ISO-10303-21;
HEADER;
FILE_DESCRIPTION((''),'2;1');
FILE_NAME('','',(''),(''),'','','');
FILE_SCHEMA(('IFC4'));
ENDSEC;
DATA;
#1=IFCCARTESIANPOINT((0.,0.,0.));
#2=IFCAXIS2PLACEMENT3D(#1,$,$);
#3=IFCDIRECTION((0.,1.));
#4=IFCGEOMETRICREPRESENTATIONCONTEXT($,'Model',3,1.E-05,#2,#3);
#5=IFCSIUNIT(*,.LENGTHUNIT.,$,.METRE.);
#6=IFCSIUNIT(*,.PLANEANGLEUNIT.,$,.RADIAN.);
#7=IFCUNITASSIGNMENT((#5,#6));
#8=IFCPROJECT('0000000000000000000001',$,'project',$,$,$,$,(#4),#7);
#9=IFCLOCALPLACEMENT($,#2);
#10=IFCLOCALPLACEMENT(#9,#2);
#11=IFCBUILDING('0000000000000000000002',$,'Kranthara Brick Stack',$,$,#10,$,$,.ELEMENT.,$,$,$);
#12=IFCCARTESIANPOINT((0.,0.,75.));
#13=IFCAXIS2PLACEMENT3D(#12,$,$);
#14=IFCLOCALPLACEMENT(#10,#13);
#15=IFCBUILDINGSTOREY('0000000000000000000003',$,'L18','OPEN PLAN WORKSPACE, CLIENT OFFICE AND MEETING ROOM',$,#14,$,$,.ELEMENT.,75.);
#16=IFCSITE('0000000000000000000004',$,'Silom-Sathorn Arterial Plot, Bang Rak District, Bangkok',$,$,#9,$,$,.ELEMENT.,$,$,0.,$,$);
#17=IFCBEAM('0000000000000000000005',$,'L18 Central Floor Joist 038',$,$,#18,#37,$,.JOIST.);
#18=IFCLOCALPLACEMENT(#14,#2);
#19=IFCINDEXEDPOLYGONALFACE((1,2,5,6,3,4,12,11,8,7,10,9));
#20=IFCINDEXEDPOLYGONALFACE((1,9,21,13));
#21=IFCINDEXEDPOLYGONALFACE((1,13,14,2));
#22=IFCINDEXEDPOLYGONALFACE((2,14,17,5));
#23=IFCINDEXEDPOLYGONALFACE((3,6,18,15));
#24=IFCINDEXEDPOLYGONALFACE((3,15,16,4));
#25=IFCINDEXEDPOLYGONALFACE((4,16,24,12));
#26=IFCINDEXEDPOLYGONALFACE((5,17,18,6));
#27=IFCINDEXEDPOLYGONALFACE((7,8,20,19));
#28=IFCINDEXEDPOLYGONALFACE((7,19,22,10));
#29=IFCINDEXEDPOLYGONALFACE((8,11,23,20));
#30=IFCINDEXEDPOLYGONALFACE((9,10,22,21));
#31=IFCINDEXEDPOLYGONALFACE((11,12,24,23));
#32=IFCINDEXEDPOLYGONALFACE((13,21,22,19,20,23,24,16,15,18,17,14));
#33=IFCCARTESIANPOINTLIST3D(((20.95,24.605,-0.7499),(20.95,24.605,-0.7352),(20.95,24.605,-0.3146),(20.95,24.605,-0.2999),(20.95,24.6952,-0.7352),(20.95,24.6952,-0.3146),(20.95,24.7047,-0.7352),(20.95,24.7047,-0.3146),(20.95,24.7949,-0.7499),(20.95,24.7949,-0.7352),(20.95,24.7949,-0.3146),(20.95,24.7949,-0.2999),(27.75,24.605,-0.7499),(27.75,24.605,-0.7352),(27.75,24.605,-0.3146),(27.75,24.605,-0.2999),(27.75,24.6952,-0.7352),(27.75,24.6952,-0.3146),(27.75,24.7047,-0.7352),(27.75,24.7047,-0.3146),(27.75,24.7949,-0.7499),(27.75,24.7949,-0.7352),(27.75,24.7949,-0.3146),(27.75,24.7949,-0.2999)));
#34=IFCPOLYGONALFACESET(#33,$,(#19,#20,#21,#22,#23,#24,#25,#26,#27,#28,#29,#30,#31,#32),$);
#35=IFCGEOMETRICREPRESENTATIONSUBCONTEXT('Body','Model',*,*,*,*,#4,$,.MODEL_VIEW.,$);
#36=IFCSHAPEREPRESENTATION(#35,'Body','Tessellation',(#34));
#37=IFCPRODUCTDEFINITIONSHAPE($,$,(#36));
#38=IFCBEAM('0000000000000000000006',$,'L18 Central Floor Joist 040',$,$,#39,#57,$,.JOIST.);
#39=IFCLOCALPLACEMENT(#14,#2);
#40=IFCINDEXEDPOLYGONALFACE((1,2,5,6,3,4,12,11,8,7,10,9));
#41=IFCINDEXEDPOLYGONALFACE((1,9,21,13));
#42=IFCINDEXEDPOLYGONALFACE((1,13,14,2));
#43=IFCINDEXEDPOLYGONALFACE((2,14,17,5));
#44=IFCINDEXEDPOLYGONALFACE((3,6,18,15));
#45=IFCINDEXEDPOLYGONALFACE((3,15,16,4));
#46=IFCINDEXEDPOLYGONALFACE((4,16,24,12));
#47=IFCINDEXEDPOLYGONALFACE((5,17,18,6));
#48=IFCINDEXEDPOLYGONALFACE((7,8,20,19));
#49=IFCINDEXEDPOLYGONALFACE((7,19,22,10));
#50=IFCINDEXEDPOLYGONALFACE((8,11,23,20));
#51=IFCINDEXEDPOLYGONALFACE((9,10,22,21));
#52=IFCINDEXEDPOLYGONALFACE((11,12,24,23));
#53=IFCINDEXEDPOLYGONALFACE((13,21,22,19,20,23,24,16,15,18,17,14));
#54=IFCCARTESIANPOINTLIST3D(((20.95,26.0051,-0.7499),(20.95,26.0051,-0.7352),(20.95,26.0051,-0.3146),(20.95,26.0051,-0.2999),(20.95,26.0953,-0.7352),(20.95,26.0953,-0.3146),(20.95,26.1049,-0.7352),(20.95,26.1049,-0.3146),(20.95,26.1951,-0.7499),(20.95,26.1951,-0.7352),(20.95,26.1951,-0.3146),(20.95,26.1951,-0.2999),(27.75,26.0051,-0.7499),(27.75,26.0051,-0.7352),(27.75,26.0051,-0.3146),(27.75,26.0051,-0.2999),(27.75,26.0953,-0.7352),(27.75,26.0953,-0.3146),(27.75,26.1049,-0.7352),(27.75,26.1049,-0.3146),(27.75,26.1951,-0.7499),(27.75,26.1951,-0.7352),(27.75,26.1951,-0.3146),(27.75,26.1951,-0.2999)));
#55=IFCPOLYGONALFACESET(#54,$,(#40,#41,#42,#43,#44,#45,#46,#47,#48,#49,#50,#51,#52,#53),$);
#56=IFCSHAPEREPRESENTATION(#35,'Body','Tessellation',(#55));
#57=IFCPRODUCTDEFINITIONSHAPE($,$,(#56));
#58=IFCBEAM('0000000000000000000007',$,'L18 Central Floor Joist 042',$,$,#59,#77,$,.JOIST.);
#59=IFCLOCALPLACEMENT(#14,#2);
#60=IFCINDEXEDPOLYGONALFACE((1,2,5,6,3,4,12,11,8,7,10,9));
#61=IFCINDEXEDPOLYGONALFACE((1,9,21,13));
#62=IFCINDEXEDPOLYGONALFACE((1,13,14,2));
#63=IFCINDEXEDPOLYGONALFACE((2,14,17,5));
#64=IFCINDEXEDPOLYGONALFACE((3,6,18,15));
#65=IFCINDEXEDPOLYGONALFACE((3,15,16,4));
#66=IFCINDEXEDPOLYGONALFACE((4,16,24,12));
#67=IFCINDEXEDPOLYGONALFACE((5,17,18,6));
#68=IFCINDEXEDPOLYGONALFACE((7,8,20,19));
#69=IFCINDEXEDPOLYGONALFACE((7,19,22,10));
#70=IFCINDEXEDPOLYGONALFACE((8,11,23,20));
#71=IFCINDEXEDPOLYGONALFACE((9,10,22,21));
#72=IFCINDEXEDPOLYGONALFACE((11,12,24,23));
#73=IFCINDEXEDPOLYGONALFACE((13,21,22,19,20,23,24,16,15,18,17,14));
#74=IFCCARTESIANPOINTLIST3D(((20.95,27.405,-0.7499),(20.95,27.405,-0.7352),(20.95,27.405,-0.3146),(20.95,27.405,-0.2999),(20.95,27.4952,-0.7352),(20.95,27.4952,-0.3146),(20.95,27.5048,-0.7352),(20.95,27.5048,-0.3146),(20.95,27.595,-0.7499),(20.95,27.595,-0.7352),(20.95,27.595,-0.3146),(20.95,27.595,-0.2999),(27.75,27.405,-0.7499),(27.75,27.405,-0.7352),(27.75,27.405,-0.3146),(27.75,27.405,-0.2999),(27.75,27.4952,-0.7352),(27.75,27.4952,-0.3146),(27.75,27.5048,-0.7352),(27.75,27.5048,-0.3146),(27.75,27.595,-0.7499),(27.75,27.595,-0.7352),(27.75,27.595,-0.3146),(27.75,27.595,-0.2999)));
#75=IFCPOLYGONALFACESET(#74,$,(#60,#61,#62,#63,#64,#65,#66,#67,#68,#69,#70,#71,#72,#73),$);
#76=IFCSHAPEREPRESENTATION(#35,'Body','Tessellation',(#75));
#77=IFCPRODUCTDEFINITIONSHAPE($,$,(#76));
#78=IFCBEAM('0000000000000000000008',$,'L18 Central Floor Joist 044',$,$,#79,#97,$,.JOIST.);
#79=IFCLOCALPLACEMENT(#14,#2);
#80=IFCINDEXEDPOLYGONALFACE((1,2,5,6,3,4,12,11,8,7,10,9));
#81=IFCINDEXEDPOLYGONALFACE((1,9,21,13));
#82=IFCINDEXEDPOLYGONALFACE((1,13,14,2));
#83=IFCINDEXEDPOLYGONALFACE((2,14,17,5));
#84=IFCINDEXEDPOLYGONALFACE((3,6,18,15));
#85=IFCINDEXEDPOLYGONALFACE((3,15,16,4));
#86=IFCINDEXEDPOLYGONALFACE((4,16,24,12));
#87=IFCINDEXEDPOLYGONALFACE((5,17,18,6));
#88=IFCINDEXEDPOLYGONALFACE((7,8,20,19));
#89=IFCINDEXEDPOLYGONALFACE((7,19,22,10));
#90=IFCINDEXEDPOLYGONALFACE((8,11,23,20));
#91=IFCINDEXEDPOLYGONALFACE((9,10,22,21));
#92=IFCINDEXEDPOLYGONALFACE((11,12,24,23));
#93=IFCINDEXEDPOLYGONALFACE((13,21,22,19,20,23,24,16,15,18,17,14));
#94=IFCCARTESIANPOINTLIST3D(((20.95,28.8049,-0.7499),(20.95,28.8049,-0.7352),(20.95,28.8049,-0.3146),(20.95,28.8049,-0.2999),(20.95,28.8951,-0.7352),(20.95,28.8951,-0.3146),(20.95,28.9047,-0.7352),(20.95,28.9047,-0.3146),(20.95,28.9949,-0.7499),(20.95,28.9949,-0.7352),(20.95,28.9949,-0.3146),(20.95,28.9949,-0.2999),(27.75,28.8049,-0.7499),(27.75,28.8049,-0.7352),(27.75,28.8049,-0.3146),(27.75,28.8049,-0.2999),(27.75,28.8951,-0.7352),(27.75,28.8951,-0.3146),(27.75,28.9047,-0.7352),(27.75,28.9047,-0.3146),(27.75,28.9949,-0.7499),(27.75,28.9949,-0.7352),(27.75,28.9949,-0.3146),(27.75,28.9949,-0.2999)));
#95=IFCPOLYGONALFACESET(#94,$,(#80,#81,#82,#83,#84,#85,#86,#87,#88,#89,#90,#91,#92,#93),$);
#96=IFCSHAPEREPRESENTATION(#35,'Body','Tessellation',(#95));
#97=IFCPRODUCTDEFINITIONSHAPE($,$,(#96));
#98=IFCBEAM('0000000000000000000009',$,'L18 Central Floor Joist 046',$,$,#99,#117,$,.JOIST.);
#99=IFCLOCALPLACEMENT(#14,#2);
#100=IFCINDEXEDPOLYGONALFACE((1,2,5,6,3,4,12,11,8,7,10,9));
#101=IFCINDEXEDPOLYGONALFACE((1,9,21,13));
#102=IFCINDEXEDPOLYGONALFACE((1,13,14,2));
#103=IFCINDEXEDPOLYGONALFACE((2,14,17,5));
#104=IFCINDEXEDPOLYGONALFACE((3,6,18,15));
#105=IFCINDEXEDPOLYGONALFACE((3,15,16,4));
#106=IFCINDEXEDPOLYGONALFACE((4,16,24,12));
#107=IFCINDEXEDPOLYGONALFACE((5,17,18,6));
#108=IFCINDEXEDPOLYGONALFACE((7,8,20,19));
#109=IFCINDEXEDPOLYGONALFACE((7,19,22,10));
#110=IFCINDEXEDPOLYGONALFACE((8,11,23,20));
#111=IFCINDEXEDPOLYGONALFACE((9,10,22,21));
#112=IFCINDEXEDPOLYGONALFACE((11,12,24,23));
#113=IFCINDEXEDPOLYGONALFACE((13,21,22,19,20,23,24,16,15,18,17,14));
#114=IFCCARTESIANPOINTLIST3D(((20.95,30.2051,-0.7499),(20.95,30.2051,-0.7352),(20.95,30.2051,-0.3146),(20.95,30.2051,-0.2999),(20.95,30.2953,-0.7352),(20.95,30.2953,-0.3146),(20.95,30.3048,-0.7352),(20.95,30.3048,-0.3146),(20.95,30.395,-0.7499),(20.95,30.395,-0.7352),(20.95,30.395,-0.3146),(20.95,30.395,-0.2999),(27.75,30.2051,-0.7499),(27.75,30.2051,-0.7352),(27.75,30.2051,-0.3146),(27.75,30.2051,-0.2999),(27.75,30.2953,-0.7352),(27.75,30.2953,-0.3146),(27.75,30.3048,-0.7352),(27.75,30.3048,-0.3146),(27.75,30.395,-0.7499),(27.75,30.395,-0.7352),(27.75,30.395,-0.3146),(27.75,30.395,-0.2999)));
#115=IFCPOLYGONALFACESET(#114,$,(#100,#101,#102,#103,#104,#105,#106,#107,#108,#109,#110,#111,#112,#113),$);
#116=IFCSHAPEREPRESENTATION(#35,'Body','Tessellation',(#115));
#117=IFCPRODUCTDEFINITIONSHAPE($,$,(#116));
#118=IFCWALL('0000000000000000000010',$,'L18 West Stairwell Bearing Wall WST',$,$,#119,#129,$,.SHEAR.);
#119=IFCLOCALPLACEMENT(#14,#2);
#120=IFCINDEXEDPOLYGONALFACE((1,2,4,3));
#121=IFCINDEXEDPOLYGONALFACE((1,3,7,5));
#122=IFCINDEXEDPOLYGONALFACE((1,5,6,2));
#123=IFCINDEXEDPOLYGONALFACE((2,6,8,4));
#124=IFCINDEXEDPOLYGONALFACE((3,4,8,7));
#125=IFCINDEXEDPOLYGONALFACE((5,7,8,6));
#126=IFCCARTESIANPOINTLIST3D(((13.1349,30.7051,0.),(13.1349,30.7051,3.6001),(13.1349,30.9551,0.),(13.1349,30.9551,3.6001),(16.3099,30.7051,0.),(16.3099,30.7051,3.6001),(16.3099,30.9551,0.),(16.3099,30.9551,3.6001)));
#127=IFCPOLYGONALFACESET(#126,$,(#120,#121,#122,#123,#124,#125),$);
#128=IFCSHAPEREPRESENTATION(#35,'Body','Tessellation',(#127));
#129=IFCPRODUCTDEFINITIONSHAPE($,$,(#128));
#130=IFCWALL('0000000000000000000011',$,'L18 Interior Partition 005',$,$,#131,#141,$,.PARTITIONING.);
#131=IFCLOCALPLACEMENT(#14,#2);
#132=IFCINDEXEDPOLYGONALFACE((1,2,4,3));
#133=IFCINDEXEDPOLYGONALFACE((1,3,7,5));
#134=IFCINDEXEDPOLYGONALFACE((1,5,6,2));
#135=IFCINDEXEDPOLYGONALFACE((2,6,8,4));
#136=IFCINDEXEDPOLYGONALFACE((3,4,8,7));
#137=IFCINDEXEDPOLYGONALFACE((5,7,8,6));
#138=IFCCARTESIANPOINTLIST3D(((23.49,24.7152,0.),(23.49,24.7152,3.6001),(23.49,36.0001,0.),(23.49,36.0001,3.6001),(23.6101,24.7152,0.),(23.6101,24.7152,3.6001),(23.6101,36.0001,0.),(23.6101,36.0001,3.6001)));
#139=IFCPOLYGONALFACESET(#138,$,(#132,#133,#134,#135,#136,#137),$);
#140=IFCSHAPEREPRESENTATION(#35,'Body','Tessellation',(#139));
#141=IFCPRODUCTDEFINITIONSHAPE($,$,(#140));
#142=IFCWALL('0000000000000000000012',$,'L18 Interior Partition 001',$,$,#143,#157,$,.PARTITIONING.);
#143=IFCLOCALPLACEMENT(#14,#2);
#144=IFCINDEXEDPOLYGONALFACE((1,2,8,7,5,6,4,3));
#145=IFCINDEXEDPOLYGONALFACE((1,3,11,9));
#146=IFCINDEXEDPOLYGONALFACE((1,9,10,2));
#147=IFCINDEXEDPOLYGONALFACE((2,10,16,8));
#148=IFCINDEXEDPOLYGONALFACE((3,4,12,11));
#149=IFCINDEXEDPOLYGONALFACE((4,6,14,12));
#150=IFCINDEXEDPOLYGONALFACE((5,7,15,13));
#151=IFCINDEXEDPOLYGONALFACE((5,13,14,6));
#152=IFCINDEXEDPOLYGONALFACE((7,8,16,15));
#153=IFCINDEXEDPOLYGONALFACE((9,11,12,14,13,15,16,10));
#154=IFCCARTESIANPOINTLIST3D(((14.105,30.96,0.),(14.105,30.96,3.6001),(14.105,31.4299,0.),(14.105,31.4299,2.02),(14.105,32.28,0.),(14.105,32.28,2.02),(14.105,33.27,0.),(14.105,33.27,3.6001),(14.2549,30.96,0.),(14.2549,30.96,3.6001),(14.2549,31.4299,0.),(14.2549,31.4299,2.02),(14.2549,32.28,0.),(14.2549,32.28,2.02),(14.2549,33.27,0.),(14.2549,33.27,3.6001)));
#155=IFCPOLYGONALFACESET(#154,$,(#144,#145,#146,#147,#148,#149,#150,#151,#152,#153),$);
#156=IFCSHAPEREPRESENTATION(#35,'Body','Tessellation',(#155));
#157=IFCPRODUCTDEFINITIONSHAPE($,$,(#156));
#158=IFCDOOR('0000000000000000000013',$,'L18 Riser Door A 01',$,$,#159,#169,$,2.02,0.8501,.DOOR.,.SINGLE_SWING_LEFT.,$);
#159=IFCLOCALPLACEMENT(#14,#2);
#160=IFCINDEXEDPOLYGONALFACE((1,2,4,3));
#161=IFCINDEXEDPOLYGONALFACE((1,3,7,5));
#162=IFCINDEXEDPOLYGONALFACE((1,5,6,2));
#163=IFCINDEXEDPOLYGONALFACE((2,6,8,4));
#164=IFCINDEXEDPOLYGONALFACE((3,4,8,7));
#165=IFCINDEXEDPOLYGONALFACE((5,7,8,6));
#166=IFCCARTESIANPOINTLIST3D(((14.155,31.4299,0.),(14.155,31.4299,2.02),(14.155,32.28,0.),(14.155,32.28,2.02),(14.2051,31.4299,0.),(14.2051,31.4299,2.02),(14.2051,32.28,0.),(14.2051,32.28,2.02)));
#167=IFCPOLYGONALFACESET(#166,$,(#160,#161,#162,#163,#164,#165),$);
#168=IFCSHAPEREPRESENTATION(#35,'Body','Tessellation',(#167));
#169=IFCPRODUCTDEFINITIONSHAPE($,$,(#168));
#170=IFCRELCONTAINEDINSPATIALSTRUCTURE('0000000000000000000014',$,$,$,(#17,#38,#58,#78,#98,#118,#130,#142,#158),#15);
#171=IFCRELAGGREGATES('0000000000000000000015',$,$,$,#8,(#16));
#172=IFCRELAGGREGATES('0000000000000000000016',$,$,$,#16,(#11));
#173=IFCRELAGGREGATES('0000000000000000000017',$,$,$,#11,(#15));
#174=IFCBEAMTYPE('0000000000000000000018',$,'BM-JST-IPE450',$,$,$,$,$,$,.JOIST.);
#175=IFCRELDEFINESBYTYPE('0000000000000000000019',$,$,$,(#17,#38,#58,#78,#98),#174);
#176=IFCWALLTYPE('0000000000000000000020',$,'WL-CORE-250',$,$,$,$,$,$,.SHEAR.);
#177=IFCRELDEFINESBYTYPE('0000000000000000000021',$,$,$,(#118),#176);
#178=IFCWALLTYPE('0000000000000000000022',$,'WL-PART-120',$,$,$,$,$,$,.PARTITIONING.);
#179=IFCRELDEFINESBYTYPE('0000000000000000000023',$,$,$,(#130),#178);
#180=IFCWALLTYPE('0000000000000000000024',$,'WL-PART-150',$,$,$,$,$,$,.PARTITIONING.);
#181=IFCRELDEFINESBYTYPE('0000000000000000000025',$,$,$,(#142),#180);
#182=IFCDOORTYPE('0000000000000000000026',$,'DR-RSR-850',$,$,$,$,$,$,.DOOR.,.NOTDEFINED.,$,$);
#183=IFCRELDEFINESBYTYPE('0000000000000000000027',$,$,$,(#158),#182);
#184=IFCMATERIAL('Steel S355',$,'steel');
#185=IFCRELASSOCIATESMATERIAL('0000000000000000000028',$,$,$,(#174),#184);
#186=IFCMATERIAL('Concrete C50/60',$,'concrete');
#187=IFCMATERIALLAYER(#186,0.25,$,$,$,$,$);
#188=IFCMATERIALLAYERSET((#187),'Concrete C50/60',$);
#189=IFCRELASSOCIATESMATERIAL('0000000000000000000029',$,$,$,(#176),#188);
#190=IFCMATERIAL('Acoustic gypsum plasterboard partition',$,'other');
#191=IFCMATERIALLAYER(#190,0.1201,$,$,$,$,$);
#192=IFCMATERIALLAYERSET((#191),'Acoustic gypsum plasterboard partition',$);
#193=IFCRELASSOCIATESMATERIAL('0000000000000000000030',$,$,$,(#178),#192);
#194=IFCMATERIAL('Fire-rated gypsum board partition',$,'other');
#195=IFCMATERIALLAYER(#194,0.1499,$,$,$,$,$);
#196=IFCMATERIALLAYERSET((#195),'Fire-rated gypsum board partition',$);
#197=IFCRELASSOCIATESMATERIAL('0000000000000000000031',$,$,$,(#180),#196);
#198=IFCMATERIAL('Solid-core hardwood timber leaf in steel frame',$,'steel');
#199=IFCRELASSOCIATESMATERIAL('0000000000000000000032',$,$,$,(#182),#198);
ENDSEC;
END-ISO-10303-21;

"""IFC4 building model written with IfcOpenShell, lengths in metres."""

from ifc_helpers import new_model, si_unit, direction, frame, frame_2d, origin, origin_2d, place, context, subcontext, project, spatial, rectangle, i_section, extrude, material, layer, layer_set, material_profile, profile_set, type_object, element, fill, save


model = new_model("IFC4")

# Units and contexts
model_context = context("Model", 3, precision=1e-05, world=origin(), true_north=direction((0.0, 1.0)))
body_context = subcontext(model_context, "Body", "Model", "MODEL_VIEW")
ifc_project = project(units=[si_unit("LENGTHUNIT", "METRE"), si_unit("PLANEANGLEUNIT", "RADIAN")], contexts=[model_context])

# Site, building, storey
site_placement = place(None, origin())
site = spatial("IfcSite", under=ifc_project, at=site_placement, Name="Silom-Sathorn Arterial Plot, Bang Rak District, Bangkok", CompositionType="ELEMENT", RefElevation=0.0)
building_placement = place(site_placement, origin())
building = spatial("IfcBuilding", under=site, at=building_placement, Name="Kranthara Brick Stack", CompositionType="ELEMENT")
storey_placement = place(building_placement, frame((0.0, 0.0, 75.0)))
storey = spatial("IfcBuildingStorey", under=building, at=storey_placement, Name="L18", Description="OPEN PLAN WORKSPACE, CLIENT OFFICE AND MEETING ROOM", CompositionType="ELEMENT", Elevation=75.0)

# Beams
ifc_material_1 = material(Name="Steel S355", Category="steel")
ifc_material_profile = material_profile(ifc_material_1, i_section(OverallWidth=0.1899, OverallDepth=0.45, WebThickness=0.0095, FlangeThickness=0.0146, at=origin_2d()), Name="IPE 450")
ifc_profile_set = profile_set([ifc_material_profile], Name="Steel S355")
beam_type = type_object("IfcBeamType", Name="BM-JST-IPE450", PredefinedType="JOIST", material=ifc_profile_set)
for number, where, z_axis, x_axis, name in (
    (1, (20.95, 24.7, -0.5249), (1.0, 0.0, 0.0), (0.0, 1.0, 0.0), "L18 Central Floor Joist 038"),
    (2, (20.95, 26.1001, -0.5249), (1.0, 0.0, 0.0), (0.0, 1.0, 0.0), "L18 Central Floor Joist 040"),
    (3, (20.95, 27.5, -0.5249), (1.0, 0.0, 0.0), (0.0, 1.0, 0.0), "L18 Central Floor Joist 042"),
    (4, (20.95, 28.8999, -0.5249), (1.0, 0.0, 0.0), (0.0, 1.0, 0.0), "L18 Central Floor Joist 044"),
    (5, (20.95, 30.3, -0.5249), (1.0, 0.0, 0.0), (0.0, 1.0, 0.0), "L18 Central Floor Joist 046"),
):
    element("IfcBeam", number, at=place(storey_placement, frame(where, z_axis=z_axis, x_axis=x_axis)), inside=storey, type_object=beam_type, Name=name, PredefinedType="JOIST", context=body_context, shape_type="SweptSolid", body=[
        extrude(i_section(OverallWidth=0.1899, OverallDepth=0.45, WebThickness=0.0095, FlangeThickness=0.0146, at=origin_2d()), origin(), (0.0, 0.0, 1.0), 6.8),
    ])

# Walls
ifc_material_2 = material(Name="Concrete C50/60", Category="concrete")
ifc_layer_1 = layer(ifc_material_2, 0.25)
ifc_layer_set_1 = layer_set([ifc_layer_1], Name="Concrete C50/60")
wall_type_1 = type_object("IfcWallType", Name="WL-CORE-250", PredefinedType="SHEAR", material=ifc_layer_set_1)
wall_1_placement = place(storey_placement, frame((13.135, 30.8301, 0.0), z_axis=(0.0, 0.0, 1.0), x_axis=(1.0, 0.0, 0.0)))
element("IfcWall", 6, at=wall_1_placement, inside=storey, type_object=wall_type_1, Name="L18 West Stairwell Bearing Wall WST", PredefinedType="SHEAR", context=body_context, shape_type="SweptSolid", body=[
    extrude(rectangle(XDim=3.175, YDim=0.25, at=frame_2d((1.5874, 0.0))), origin(), (0.0, 0.0, 1.0), 3.6001),
])
ifc_material_3 = material(Name="Acoustic gypsum plasterboard partition", Category="other")
ifc_layer_2 = layer(ifc_material_3, 0.1201)
ifc_layer_set_2 = layer_set([ifc_layer_2], Name="Acoustic gypsum plasterboard partition")
wall_type_2 = type_object("IfcWallType", Name="WL-PART-120", PredefinedType="PARTITIONING", material=ifc_layer_set_2)
wall_2_placement = place(storey_placement, frame((23.55, 24.7151, 0.0), z_axis=(0.0, 0.0, 1.0), x_axis=(0.0, 1.0, 0.0)))
element("IfcWall", 7, at=wall_2_placement, inside=storey, type_object=wall_type_2, Name="L18 Interior Partition 005", PredefinedType="PARTITIONING", context=body_context, shape_type="SweptSolid", body=[
    extrude(rectangle(XDim=11.2849, YDim=0.1201, at=frame_2d((5.6426, 0.0))), origin(), (0.0, 0.0, 1.0), 3.6001),
])

# Wall, opening, door
ifc_material_4 = material(Name="Fire-rated gypsum board partition", Category="other")
ifc_layer_3 = layer(ifc_material_4, 0.1499)
ifc_layer_set_3 = layer_set([ifc_layer_3], Name="Fire-rated gypsum board partition")
wall_type_3 = type_object("IfcWallType", Name="WL-PART-150", PredefinedType="PARTITIONING", material=ifc_layer_set_3)
wall_3_placement = place(storey_placement, frame((14.1799, 30.96, 0.0), z_axis=(0.0, 0.0, 1.0), x_axis=(0.0, 1.0, 0.0)))
wall_3 = element("IfcWall", 8, at=wall_3_placement, inside=storey, type_object=wall_type_3, Name="L18 Interior Partition 001", PredefinedType="PARTITIONING", context=body_context, shape_type="SweptSolid", body=[
    extrude(rectangle(XDim=2.3101, YDim=0.1499, at=frame_2d((1.155, 0.0))), origin(), (0.0, 0.0, 1.0), 3.6001),
])
opening_1_placement = place(wall_3_placement, frame((0.47, 0.0, 0.0)))
opening_1 = element("IfcOpeningElement", 9, at=opening_1_placement, cuts=wall_3, PredefinedType="OPENING", context=body_context, shape_type="SweptSolid", body=[
    extrude(rectangle(XDim=0.8501, YDim=2.02, at=frame_2d((0.425, 1.01))), frame((0.0, 0.085, 0.0), z_axis=(0.0, -1.0, 0.0), x_axis=(1.0, 0.0, 0.0)), (0.0, 0.0, 1.0), 0.1699),
])
ifc_material_5 = material(Name="Solid-core hardwood timber leaf in steel frame", Category="steel")
door_type = type_object("IfcDoorType", Name="DR-RSR-850", OperationType="NOTDEFINED", PredefinedType="DOOR", material=ifc_material_5)
door_1_placement = place(opening_1_placement, origin())
door_1 = element("IfcDoor", 10, at=door_1_placement, inside=storey, type_object=door_type, Name="L18 Riser Door A 01", OperationType="SINGLE_SWING_LEFT", OverallHeight=2.02, OverallWidth=0.8501, PredefinedType="DOOR", context=body_context, shape_type="SweptSolid", body=[
    extrude(rectangle(XDim=0.8501, YDim=2.02, at=frame_2d((0.425, 1.01))), frame((0.0, 0.0249, 0.0), z_axis=(0.0, -1.0, 0.0), x_axis=(1.0, 0.0, 0.0)), (0.0, 0.0, 1.0), 0.05),
])
fill(opening_1, door_1)

save(model, "model.ifc")
